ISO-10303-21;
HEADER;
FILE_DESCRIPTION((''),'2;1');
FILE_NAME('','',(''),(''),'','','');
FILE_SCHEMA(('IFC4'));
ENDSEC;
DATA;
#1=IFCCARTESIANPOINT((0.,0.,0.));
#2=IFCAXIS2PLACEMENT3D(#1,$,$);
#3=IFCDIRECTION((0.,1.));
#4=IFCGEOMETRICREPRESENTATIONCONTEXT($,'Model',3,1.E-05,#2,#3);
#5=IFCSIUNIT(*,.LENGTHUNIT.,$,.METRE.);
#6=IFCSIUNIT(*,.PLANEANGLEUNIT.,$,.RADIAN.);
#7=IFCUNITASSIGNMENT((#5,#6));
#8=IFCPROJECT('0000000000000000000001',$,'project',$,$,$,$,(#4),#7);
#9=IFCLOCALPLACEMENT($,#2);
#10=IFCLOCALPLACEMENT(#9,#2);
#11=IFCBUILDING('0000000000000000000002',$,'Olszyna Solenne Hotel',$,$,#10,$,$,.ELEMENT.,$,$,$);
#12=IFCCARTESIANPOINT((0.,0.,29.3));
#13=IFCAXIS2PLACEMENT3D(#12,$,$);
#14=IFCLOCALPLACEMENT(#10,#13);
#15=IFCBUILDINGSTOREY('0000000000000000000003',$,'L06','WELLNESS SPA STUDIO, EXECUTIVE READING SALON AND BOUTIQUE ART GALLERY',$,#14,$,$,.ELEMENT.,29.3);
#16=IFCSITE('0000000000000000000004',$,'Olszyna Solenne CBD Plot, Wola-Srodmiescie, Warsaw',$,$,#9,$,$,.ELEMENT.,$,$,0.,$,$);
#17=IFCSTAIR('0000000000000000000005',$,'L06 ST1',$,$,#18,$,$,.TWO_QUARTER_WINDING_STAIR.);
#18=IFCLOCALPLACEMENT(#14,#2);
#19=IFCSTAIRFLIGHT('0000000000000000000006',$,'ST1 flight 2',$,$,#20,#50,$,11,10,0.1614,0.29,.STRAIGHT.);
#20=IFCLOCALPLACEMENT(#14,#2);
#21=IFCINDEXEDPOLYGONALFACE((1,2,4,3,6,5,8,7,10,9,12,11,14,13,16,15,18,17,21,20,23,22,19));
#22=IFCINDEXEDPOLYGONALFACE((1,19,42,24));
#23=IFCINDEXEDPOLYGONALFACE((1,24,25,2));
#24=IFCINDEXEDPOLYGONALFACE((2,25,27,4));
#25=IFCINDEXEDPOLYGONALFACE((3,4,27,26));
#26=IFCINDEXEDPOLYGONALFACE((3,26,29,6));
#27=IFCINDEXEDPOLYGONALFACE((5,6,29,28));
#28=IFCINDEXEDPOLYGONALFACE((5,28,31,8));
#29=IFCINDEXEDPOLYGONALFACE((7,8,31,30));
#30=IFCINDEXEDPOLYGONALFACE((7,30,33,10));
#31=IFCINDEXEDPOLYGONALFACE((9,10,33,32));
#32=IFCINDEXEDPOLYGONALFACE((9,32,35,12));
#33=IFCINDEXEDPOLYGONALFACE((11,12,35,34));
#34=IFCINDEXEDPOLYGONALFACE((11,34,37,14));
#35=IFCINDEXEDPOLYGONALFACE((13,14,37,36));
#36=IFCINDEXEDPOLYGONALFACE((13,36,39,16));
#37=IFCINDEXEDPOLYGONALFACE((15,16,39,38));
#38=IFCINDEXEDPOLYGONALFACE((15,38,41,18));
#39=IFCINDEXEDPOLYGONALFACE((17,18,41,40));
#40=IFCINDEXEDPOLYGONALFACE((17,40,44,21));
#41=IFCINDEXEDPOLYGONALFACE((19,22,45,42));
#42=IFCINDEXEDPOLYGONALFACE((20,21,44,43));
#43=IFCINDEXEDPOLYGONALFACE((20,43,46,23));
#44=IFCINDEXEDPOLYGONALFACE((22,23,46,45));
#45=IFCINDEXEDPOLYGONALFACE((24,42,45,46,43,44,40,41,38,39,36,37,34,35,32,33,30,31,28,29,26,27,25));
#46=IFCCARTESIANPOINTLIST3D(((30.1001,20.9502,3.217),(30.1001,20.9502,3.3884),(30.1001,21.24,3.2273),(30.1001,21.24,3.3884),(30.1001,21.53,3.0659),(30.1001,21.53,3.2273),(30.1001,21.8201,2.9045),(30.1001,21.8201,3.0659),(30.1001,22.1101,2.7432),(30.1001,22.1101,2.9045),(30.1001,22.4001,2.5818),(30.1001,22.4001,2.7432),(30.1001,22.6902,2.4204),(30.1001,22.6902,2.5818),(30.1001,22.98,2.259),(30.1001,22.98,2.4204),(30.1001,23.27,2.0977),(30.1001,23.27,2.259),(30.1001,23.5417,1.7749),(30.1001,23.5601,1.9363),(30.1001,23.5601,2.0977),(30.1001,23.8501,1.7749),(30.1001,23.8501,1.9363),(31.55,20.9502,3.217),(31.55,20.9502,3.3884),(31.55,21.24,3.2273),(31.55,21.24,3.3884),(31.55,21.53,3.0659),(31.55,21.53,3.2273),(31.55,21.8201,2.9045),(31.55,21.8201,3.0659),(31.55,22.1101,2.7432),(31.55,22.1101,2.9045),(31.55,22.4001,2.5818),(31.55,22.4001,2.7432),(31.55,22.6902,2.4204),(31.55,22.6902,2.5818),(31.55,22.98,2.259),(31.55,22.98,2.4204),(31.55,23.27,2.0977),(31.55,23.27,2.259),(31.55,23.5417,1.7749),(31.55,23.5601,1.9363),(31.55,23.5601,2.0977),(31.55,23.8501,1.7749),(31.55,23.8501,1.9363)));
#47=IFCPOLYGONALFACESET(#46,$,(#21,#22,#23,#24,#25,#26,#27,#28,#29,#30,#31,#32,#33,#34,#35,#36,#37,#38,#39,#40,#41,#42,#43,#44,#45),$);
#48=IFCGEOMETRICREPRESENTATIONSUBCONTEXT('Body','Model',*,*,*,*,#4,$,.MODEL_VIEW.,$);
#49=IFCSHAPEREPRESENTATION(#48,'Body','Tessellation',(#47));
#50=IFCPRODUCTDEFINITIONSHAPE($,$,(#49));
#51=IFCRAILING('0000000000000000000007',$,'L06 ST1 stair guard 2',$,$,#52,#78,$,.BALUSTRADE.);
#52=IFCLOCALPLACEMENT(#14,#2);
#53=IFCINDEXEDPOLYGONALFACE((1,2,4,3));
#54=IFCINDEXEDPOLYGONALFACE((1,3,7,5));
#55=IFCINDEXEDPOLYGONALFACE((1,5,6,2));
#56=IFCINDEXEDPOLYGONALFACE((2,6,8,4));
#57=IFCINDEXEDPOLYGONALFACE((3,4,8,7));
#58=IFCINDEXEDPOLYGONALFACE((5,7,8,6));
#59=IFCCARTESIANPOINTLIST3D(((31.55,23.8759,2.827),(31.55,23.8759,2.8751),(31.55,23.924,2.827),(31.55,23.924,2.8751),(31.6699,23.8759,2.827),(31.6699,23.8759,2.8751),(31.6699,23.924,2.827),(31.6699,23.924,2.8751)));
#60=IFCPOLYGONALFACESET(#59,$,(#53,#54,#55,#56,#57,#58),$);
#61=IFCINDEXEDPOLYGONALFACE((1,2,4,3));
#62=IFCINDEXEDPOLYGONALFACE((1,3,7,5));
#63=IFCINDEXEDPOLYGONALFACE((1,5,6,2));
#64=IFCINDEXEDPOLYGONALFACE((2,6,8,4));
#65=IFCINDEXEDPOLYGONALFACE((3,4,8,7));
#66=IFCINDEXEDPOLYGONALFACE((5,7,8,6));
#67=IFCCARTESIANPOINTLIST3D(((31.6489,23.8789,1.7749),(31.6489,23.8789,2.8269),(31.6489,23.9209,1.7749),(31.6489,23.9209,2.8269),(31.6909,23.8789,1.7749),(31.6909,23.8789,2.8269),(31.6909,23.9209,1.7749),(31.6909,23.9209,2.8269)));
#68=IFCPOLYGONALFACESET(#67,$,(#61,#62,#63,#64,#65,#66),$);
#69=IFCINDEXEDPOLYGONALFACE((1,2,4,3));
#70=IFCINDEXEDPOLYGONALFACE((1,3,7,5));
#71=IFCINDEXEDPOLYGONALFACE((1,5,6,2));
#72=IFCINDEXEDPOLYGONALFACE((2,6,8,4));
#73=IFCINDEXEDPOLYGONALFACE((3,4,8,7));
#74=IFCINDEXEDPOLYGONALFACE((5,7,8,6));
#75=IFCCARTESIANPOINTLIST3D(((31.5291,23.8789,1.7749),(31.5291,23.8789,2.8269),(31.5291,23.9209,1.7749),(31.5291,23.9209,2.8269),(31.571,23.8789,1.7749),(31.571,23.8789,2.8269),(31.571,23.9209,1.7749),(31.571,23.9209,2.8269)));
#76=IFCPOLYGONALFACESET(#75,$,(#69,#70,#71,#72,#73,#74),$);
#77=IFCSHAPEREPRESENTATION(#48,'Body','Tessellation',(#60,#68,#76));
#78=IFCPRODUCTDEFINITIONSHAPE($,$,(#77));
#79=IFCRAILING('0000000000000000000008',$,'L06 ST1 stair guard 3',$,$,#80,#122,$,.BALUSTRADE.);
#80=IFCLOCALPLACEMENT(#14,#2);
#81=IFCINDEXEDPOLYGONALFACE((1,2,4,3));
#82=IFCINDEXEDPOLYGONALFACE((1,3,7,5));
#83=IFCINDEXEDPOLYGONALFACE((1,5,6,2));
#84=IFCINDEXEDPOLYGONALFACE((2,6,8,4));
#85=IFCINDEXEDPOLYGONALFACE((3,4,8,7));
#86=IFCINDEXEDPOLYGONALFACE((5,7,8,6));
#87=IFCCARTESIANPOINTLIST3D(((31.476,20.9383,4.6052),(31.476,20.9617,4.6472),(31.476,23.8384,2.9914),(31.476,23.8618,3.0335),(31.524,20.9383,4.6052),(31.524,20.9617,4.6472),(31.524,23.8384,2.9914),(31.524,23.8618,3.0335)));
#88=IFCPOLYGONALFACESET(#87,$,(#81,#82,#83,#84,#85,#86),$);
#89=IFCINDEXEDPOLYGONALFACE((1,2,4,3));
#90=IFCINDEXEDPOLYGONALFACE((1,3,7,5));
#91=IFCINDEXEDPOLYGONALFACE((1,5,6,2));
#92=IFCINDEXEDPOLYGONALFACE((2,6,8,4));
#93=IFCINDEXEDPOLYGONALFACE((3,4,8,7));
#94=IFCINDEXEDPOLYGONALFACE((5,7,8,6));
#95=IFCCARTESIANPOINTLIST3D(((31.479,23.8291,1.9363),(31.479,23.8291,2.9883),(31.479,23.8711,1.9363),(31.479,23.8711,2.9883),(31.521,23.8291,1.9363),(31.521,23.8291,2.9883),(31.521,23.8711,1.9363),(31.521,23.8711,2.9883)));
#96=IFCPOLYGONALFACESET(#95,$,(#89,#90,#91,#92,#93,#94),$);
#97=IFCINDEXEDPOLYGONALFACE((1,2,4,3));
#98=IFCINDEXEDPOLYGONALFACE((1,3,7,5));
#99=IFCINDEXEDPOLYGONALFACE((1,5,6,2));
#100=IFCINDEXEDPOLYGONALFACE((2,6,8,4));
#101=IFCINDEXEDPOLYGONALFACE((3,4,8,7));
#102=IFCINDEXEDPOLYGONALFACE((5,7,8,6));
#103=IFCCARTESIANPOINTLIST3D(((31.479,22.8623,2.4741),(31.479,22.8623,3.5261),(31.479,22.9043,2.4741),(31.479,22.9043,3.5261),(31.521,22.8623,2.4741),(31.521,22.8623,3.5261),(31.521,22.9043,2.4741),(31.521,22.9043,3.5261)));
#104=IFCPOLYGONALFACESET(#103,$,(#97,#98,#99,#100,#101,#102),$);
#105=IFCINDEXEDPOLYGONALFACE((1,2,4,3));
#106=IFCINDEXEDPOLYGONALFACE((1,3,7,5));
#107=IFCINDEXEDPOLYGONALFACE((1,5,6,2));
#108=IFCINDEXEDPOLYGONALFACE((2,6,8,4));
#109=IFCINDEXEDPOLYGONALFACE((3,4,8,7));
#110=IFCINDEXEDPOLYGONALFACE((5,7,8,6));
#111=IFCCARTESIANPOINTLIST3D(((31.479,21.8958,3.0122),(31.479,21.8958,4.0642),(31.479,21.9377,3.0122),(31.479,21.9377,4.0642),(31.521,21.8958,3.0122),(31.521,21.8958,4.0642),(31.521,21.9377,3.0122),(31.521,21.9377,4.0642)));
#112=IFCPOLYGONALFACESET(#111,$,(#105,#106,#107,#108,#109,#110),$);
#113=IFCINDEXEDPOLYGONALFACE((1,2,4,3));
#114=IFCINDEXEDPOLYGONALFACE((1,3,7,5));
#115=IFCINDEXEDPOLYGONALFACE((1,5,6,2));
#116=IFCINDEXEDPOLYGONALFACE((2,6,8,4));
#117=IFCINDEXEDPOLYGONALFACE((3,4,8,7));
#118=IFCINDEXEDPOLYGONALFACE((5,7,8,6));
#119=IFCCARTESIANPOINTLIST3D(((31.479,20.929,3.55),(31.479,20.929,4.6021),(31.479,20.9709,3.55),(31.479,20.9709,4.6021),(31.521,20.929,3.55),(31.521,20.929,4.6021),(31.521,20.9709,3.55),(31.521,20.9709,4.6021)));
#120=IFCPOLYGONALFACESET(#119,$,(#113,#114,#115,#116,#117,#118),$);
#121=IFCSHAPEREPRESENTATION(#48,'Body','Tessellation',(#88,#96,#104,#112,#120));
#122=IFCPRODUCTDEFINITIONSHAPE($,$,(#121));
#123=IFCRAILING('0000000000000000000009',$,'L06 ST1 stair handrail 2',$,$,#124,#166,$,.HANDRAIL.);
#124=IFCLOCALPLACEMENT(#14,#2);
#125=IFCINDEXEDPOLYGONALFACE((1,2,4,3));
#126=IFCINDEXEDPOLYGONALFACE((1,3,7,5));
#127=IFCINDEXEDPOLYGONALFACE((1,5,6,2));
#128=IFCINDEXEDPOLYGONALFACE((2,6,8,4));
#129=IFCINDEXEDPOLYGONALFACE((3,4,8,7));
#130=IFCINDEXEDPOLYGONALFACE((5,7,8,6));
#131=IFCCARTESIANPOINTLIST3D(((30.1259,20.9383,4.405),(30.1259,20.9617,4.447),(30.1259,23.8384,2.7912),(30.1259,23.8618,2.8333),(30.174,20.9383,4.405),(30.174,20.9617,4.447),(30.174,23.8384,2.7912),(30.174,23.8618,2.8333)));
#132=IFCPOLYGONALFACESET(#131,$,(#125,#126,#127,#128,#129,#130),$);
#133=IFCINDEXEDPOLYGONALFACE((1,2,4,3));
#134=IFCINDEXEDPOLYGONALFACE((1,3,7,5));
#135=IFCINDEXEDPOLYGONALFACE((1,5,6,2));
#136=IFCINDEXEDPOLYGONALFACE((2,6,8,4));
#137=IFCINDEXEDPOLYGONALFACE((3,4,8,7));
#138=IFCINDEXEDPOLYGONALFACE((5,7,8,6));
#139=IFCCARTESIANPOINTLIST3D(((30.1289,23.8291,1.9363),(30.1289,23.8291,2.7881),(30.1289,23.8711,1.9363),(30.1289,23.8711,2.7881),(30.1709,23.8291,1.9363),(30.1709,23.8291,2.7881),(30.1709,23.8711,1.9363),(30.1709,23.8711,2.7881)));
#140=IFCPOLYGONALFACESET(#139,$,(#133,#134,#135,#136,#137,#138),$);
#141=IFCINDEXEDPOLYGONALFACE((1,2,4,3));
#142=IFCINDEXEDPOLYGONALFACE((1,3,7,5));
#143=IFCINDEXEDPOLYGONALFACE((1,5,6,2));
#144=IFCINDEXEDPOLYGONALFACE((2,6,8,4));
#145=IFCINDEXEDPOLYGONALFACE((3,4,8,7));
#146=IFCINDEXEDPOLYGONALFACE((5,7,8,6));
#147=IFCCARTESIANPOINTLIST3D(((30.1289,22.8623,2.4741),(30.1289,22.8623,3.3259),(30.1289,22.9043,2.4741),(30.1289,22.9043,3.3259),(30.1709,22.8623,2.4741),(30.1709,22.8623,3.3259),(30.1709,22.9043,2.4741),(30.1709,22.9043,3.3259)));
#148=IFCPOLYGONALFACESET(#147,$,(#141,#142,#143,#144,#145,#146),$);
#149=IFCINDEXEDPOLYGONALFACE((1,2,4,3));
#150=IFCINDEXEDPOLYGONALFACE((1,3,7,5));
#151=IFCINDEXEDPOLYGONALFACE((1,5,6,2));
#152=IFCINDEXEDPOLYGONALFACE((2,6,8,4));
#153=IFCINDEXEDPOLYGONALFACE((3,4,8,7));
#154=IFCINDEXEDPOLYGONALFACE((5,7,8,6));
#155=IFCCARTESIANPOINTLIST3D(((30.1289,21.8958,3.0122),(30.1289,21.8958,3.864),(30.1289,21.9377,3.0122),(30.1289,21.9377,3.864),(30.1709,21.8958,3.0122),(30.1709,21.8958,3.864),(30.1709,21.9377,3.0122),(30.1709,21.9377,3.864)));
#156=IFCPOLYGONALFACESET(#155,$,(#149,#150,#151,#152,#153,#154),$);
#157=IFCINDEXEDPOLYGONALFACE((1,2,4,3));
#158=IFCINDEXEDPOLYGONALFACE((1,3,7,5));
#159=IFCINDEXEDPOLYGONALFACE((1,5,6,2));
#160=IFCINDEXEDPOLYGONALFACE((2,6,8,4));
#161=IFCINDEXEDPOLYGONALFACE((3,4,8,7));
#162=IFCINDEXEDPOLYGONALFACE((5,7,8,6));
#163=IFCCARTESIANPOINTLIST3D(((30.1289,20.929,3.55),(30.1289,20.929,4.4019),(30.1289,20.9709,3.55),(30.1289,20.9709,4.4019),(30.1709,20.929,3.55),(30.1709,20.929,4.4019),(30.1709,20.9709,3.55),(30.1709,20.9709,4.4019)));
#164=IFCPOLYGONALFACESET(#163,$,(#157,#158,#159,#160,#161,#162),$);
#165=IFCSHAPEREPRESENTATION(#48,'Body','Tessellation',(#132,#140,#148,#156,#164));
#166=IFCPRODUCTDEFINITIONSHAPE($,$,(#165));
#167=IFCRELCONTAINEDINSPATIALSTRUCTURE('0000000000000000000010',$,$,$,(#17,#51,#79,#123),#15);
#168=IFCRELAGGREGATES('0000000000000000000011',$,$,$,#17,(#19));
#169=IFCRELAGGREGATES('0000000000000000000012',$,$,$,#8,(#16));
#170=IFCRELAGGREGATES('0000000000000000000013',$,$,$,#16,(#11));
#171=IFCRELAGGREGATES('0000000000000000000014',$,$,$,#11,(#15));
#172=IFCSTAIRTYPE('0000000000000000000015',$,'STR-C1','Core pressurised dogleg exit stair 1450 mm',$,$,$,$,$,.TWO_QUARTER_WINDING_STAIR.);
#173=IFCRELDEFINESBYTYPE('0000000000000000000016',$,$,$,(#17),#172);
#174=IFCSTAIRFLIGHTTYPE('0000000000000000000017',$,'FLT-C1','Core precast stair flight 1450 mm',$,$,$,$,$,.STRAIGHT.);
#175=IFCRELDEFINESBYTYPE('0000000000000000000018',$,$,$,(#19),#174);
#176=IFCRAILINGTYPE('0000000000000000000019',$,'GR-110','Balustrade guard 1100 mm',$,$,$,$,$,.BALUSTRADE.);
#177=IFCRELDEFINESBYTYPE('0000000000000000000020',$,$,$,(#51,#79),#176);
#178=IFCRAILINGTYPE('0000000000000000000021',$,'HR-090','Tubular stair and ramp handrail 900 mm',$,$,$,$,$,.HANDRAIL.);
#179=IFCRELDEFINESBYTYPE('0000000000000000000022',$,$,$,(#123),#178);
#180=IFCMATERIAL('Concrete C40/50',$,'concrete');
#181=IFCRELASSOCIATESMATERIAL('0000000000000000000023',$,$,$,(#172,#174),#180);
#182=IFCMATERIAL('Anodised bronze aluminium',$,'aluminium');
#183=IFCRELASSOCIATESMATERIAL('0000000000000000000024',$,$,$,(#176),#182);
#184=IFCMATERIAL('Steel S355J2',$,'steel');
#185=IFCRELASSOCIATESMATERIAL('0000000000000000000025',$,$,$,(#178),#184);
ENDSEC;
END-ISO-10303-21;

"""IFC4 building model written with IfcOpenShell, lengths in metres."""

from ifc_helpers import new_model, si_unit, direction, frame, origin, origin_2d, place, context, subcontext, project, spatial, polyline, rectangle, outline, extrude, material, type_object, element, aggregate, save


model = new_model("IFC4")

# Units and contexts
model_context = context("Model", 3, precision=1e-05, world=origin(), true_north=direction((0.0, 1.0)))
body_context = subcontext(model_context, "Body", "Model", "MODEL_VIEW")
ifc_project = project(units=[si_unit("LENGTHUNIT", "METRE"), si_unit("PLANEANGLEUNIT", "RADIAN")], contexts=[model_context])

# Site, building, storey
site_placement = place(None, origin())
site = spatial("IfcSite", under=ifc_project, at=site_placement, Name="Olszyna Solenne CBD Plot, Wola-Srodmiescie, Warsaw", CompositionType="ELEMENT", RefElevation=0.0)
building_placement = place(site_placement, origin())
building = spatial("IfcBuilding", under=site, at=building_placement, Name="Olszyna Solenne Hotel", CompositionType="ELEMENT")
storey_placement = place(building_placement, frame((0.0, 0.0, 29.3)))
storey = spatial("IfcBuildingStorey", under=building, at=storey_placement, Name="L06", Description="WELLNESS SPA STUDIO, EXECUTIVE READING SALON AND BOUTIQUE ART GALLERY", CompositionType="ELEMENT", Elevation=29.3)

# Shared definitions
ifc_material_1 = material(Name="Steel S355J2", Category="steel")

# Shared definitions
ifc_material_2 = material(Name="Anodised bronze aluminium", Category="aluminium")

# Stair, stair flight
ifc_material_3 = material(Name="Concrete C40/50", Category="concrete")
stair_type = type_object("IfcStairType", Name="STR-C1", Description="Core pressurised dogleg exit stair 1450 mm", PredefinedType="TWO_QUARTER_WINDING_STAIR", material=ifc_material_3)
stair_placement = place(storey_placement, origin())
stair = element("IfcStair", 1, at=stair_placement, inside=storey, type_object=stair_type, Name="L06 ST1", PredefinedType="TWO_QUARTER_WINDING_STAIR")
stair_flight_type = type_object("IfcStairFlightType", Name="FLT-C1", Description="Core precast stair flight 1450 mm", PredefinedType="STRAIGHT", material=ifc_material_3)
stair_flight_placement = place(storey_placement, frame((30.825, 23.8501, 1.7749), z_axis=(0.0, 0.0, 1.0), x_axis=(0.0, -1.0, 0.0)))
stair_flight = element("IfcStairFlight", 2, at=stair_flight_placement, type_object=stair_flight_type, Name="ST1 flight 2", NumberOfRisers=11, NumberOfTreads=10, PredefinedType="STRAIGHT", RiserHeight=0.1614, TreadLength=0.29, context=body_context, shape_type="SweptSolid", body=[
    extrude(outline(polyline([(0.0, 0.0), (0.0, 0.1614), (0.29, 0.1614), (0.29, 0.3228), (0.5801, 0.3228), (0.5801, 0.4841), (0.8701, 0.4841), (0.8701, 0.6455), (1.1599, 0.6455), (1.1599, 0.8069), (1.45, 0.8069), (1.45, 0.9683), (1.74, 0.9683), (1.74, 1.1296), (2.03, 1.1296), (2.03, 1.291), (2.3201, 1.291), (2.3201, 1.4524), (2.6101, 1.4524), (2.6101, 1.6135), (2.8999, 1.6135), (2.8999, 1.7749), (2.8999, 1.4421), (0.3083, 0.0), (0.0, 0.0)])), frame((0.0, 0.7251, 0.0), z_axis=(0.0, -1.0, 0.0), x_axis=(1.0, 0.0, 0.0)), (0.0, 0.0, 1.0), 1.45),
])
aggregate(stair, [stair_flight])

# Railings
railing_type_1 = type_object("IfcRailingType", Name="GR-110", Description="Balustrade guard 1100 mm", PredefinedType="BALUSTRADE", material=ifc_material_2)
railing_1_placement = place(storey_placement, frame((31.6699, 23.8999, 1.7749)))
element("IfcRailing", 3, at=railing_1_placement, inside=storey, type_object=railing_type_1, Name="L06 ST1 stair guard 2", PredefinedType="BALUSTRADE", context=body_context, shape_type="SweptSolid", body=[
    extrude(rectangle(XDim=0.0481, YDim=0.0481, at=origin_2d()), frame((0.0, 0.0, 1.0762), z_axis=(-1.0, 0.0, 0.0), x_axis=(0.0, -1.0, 0.0)), (0.0, 0.0, 1.0), 0.1199),
    extrude(rectangle(XDim=0.042, YDim=0.042, at=origin_2d()), origin(), (0.0, 0.0, 1.0), 1.052),
    extrude(rectangle(XDim=0.042, YDim=0.042, at=origin_2d()), frame((-0.1199, 0.0, 0.0)), (0.0, 0.0, 1.0), 1.052),
])
railing_2_placement = place(storey_placement, frame((31.5, 23.8501, 1.9363)))
element("IfcRailing", 4, at=railing_2_placement, inside=storey, type_object=railing_type_1, Name="L06 ST1 stair guard 3", PredefinedType="BALUSTRADE", context=body_context, shape_type="SweptSolid", body=[
    extrude(rectangle(XDim=0.0481, YDim=0.0481, at=origin_2d()), frame((0.0, 0.0, 1.0762), z_axis=(0.0, -0.873827, 0.486236), x_axis=(1.0, 0.0, 0.0)), (0.0, 0.0, 1.0), 3.3188),
    extrude(rectangle(XDim=0.042, YDim=0.042, at=origin_2d()), origin(), (0.0, 0.0, 1.0), 1.052),
    extrude(rectangle(XDim=0.042, YDim=0.042, at=origin_2d()), frame((0.0, -0.9668, 0.5378)), (0.0, 0.0, 1.0), 1.052),
    extrude(rectangle(XDim=0.042, YDim=0.042, at=origin_2d()), frame((0.0, -1.9333, 1.0759)), (0.0, 0.0, 1.0), 1.052),
    extrude(rectangle(XDim=0.042, YDim=0.042, at=origin_2d()), frame((0.0, -2.9001, 1.6138)), (0.0, 0.0, 1.0), 1.052),
])
railing_type_2 = type_object("IfcRailingType", Name="HR-090", Description="Tubular stair and ramp handrail 900 mm", PredefinedType="HANDRAIL", material=ifc_material_1)
railing_3_placement = place(storey_placement, frame((30.1499, 23.8501, 1.9363)))
element("IfcRailing", 5, at=railing_3_placement, inside=storey, type_object=railing_type_2, Name="L06 ST1 stair handrail 2", PredefinedType="HANDRAIL", context=body_context, shape_type="SweptSolid", body=[
    extrude(rectangle(XDim=0.0481, YDim=0.0481, at=origin_2d()), frame((0.0, 0.0, 0.876), z_axis=(0.0, -0.873827, 0.486236), x_axis=(1.0, 0.0, 0.0)), (0.0, 0.0, 1.0), 3.3188),
    extrude(rectangle(XDim=0.042, YDim=0.042, at=origin_2d()), origin(), (0.0, 0.0, 1.0), 0.8518),
    extrude(rectangle(XDim=0.042, YDim=0.042, at=origin_2d()), frame((0.0, -0.9668, 0.5378)), (0.0, 0.0, 1.0), 0.8518),
    extrude(rectangle(XDim=0.042, YDim=0.042, at=origin_2d()), frame((0.0, -1.9333, 1.0759)), (0.0, 0.0, 1.0), 0.8518),
    extrude(rectangle(XDim=0.042, YDim=0.042, at=origin_2d()), frame((0.0, -2.9001, 1.6138)), (0.0, 0.0, 1.0), 0.8518),
])

save(model, "model.ifc")
